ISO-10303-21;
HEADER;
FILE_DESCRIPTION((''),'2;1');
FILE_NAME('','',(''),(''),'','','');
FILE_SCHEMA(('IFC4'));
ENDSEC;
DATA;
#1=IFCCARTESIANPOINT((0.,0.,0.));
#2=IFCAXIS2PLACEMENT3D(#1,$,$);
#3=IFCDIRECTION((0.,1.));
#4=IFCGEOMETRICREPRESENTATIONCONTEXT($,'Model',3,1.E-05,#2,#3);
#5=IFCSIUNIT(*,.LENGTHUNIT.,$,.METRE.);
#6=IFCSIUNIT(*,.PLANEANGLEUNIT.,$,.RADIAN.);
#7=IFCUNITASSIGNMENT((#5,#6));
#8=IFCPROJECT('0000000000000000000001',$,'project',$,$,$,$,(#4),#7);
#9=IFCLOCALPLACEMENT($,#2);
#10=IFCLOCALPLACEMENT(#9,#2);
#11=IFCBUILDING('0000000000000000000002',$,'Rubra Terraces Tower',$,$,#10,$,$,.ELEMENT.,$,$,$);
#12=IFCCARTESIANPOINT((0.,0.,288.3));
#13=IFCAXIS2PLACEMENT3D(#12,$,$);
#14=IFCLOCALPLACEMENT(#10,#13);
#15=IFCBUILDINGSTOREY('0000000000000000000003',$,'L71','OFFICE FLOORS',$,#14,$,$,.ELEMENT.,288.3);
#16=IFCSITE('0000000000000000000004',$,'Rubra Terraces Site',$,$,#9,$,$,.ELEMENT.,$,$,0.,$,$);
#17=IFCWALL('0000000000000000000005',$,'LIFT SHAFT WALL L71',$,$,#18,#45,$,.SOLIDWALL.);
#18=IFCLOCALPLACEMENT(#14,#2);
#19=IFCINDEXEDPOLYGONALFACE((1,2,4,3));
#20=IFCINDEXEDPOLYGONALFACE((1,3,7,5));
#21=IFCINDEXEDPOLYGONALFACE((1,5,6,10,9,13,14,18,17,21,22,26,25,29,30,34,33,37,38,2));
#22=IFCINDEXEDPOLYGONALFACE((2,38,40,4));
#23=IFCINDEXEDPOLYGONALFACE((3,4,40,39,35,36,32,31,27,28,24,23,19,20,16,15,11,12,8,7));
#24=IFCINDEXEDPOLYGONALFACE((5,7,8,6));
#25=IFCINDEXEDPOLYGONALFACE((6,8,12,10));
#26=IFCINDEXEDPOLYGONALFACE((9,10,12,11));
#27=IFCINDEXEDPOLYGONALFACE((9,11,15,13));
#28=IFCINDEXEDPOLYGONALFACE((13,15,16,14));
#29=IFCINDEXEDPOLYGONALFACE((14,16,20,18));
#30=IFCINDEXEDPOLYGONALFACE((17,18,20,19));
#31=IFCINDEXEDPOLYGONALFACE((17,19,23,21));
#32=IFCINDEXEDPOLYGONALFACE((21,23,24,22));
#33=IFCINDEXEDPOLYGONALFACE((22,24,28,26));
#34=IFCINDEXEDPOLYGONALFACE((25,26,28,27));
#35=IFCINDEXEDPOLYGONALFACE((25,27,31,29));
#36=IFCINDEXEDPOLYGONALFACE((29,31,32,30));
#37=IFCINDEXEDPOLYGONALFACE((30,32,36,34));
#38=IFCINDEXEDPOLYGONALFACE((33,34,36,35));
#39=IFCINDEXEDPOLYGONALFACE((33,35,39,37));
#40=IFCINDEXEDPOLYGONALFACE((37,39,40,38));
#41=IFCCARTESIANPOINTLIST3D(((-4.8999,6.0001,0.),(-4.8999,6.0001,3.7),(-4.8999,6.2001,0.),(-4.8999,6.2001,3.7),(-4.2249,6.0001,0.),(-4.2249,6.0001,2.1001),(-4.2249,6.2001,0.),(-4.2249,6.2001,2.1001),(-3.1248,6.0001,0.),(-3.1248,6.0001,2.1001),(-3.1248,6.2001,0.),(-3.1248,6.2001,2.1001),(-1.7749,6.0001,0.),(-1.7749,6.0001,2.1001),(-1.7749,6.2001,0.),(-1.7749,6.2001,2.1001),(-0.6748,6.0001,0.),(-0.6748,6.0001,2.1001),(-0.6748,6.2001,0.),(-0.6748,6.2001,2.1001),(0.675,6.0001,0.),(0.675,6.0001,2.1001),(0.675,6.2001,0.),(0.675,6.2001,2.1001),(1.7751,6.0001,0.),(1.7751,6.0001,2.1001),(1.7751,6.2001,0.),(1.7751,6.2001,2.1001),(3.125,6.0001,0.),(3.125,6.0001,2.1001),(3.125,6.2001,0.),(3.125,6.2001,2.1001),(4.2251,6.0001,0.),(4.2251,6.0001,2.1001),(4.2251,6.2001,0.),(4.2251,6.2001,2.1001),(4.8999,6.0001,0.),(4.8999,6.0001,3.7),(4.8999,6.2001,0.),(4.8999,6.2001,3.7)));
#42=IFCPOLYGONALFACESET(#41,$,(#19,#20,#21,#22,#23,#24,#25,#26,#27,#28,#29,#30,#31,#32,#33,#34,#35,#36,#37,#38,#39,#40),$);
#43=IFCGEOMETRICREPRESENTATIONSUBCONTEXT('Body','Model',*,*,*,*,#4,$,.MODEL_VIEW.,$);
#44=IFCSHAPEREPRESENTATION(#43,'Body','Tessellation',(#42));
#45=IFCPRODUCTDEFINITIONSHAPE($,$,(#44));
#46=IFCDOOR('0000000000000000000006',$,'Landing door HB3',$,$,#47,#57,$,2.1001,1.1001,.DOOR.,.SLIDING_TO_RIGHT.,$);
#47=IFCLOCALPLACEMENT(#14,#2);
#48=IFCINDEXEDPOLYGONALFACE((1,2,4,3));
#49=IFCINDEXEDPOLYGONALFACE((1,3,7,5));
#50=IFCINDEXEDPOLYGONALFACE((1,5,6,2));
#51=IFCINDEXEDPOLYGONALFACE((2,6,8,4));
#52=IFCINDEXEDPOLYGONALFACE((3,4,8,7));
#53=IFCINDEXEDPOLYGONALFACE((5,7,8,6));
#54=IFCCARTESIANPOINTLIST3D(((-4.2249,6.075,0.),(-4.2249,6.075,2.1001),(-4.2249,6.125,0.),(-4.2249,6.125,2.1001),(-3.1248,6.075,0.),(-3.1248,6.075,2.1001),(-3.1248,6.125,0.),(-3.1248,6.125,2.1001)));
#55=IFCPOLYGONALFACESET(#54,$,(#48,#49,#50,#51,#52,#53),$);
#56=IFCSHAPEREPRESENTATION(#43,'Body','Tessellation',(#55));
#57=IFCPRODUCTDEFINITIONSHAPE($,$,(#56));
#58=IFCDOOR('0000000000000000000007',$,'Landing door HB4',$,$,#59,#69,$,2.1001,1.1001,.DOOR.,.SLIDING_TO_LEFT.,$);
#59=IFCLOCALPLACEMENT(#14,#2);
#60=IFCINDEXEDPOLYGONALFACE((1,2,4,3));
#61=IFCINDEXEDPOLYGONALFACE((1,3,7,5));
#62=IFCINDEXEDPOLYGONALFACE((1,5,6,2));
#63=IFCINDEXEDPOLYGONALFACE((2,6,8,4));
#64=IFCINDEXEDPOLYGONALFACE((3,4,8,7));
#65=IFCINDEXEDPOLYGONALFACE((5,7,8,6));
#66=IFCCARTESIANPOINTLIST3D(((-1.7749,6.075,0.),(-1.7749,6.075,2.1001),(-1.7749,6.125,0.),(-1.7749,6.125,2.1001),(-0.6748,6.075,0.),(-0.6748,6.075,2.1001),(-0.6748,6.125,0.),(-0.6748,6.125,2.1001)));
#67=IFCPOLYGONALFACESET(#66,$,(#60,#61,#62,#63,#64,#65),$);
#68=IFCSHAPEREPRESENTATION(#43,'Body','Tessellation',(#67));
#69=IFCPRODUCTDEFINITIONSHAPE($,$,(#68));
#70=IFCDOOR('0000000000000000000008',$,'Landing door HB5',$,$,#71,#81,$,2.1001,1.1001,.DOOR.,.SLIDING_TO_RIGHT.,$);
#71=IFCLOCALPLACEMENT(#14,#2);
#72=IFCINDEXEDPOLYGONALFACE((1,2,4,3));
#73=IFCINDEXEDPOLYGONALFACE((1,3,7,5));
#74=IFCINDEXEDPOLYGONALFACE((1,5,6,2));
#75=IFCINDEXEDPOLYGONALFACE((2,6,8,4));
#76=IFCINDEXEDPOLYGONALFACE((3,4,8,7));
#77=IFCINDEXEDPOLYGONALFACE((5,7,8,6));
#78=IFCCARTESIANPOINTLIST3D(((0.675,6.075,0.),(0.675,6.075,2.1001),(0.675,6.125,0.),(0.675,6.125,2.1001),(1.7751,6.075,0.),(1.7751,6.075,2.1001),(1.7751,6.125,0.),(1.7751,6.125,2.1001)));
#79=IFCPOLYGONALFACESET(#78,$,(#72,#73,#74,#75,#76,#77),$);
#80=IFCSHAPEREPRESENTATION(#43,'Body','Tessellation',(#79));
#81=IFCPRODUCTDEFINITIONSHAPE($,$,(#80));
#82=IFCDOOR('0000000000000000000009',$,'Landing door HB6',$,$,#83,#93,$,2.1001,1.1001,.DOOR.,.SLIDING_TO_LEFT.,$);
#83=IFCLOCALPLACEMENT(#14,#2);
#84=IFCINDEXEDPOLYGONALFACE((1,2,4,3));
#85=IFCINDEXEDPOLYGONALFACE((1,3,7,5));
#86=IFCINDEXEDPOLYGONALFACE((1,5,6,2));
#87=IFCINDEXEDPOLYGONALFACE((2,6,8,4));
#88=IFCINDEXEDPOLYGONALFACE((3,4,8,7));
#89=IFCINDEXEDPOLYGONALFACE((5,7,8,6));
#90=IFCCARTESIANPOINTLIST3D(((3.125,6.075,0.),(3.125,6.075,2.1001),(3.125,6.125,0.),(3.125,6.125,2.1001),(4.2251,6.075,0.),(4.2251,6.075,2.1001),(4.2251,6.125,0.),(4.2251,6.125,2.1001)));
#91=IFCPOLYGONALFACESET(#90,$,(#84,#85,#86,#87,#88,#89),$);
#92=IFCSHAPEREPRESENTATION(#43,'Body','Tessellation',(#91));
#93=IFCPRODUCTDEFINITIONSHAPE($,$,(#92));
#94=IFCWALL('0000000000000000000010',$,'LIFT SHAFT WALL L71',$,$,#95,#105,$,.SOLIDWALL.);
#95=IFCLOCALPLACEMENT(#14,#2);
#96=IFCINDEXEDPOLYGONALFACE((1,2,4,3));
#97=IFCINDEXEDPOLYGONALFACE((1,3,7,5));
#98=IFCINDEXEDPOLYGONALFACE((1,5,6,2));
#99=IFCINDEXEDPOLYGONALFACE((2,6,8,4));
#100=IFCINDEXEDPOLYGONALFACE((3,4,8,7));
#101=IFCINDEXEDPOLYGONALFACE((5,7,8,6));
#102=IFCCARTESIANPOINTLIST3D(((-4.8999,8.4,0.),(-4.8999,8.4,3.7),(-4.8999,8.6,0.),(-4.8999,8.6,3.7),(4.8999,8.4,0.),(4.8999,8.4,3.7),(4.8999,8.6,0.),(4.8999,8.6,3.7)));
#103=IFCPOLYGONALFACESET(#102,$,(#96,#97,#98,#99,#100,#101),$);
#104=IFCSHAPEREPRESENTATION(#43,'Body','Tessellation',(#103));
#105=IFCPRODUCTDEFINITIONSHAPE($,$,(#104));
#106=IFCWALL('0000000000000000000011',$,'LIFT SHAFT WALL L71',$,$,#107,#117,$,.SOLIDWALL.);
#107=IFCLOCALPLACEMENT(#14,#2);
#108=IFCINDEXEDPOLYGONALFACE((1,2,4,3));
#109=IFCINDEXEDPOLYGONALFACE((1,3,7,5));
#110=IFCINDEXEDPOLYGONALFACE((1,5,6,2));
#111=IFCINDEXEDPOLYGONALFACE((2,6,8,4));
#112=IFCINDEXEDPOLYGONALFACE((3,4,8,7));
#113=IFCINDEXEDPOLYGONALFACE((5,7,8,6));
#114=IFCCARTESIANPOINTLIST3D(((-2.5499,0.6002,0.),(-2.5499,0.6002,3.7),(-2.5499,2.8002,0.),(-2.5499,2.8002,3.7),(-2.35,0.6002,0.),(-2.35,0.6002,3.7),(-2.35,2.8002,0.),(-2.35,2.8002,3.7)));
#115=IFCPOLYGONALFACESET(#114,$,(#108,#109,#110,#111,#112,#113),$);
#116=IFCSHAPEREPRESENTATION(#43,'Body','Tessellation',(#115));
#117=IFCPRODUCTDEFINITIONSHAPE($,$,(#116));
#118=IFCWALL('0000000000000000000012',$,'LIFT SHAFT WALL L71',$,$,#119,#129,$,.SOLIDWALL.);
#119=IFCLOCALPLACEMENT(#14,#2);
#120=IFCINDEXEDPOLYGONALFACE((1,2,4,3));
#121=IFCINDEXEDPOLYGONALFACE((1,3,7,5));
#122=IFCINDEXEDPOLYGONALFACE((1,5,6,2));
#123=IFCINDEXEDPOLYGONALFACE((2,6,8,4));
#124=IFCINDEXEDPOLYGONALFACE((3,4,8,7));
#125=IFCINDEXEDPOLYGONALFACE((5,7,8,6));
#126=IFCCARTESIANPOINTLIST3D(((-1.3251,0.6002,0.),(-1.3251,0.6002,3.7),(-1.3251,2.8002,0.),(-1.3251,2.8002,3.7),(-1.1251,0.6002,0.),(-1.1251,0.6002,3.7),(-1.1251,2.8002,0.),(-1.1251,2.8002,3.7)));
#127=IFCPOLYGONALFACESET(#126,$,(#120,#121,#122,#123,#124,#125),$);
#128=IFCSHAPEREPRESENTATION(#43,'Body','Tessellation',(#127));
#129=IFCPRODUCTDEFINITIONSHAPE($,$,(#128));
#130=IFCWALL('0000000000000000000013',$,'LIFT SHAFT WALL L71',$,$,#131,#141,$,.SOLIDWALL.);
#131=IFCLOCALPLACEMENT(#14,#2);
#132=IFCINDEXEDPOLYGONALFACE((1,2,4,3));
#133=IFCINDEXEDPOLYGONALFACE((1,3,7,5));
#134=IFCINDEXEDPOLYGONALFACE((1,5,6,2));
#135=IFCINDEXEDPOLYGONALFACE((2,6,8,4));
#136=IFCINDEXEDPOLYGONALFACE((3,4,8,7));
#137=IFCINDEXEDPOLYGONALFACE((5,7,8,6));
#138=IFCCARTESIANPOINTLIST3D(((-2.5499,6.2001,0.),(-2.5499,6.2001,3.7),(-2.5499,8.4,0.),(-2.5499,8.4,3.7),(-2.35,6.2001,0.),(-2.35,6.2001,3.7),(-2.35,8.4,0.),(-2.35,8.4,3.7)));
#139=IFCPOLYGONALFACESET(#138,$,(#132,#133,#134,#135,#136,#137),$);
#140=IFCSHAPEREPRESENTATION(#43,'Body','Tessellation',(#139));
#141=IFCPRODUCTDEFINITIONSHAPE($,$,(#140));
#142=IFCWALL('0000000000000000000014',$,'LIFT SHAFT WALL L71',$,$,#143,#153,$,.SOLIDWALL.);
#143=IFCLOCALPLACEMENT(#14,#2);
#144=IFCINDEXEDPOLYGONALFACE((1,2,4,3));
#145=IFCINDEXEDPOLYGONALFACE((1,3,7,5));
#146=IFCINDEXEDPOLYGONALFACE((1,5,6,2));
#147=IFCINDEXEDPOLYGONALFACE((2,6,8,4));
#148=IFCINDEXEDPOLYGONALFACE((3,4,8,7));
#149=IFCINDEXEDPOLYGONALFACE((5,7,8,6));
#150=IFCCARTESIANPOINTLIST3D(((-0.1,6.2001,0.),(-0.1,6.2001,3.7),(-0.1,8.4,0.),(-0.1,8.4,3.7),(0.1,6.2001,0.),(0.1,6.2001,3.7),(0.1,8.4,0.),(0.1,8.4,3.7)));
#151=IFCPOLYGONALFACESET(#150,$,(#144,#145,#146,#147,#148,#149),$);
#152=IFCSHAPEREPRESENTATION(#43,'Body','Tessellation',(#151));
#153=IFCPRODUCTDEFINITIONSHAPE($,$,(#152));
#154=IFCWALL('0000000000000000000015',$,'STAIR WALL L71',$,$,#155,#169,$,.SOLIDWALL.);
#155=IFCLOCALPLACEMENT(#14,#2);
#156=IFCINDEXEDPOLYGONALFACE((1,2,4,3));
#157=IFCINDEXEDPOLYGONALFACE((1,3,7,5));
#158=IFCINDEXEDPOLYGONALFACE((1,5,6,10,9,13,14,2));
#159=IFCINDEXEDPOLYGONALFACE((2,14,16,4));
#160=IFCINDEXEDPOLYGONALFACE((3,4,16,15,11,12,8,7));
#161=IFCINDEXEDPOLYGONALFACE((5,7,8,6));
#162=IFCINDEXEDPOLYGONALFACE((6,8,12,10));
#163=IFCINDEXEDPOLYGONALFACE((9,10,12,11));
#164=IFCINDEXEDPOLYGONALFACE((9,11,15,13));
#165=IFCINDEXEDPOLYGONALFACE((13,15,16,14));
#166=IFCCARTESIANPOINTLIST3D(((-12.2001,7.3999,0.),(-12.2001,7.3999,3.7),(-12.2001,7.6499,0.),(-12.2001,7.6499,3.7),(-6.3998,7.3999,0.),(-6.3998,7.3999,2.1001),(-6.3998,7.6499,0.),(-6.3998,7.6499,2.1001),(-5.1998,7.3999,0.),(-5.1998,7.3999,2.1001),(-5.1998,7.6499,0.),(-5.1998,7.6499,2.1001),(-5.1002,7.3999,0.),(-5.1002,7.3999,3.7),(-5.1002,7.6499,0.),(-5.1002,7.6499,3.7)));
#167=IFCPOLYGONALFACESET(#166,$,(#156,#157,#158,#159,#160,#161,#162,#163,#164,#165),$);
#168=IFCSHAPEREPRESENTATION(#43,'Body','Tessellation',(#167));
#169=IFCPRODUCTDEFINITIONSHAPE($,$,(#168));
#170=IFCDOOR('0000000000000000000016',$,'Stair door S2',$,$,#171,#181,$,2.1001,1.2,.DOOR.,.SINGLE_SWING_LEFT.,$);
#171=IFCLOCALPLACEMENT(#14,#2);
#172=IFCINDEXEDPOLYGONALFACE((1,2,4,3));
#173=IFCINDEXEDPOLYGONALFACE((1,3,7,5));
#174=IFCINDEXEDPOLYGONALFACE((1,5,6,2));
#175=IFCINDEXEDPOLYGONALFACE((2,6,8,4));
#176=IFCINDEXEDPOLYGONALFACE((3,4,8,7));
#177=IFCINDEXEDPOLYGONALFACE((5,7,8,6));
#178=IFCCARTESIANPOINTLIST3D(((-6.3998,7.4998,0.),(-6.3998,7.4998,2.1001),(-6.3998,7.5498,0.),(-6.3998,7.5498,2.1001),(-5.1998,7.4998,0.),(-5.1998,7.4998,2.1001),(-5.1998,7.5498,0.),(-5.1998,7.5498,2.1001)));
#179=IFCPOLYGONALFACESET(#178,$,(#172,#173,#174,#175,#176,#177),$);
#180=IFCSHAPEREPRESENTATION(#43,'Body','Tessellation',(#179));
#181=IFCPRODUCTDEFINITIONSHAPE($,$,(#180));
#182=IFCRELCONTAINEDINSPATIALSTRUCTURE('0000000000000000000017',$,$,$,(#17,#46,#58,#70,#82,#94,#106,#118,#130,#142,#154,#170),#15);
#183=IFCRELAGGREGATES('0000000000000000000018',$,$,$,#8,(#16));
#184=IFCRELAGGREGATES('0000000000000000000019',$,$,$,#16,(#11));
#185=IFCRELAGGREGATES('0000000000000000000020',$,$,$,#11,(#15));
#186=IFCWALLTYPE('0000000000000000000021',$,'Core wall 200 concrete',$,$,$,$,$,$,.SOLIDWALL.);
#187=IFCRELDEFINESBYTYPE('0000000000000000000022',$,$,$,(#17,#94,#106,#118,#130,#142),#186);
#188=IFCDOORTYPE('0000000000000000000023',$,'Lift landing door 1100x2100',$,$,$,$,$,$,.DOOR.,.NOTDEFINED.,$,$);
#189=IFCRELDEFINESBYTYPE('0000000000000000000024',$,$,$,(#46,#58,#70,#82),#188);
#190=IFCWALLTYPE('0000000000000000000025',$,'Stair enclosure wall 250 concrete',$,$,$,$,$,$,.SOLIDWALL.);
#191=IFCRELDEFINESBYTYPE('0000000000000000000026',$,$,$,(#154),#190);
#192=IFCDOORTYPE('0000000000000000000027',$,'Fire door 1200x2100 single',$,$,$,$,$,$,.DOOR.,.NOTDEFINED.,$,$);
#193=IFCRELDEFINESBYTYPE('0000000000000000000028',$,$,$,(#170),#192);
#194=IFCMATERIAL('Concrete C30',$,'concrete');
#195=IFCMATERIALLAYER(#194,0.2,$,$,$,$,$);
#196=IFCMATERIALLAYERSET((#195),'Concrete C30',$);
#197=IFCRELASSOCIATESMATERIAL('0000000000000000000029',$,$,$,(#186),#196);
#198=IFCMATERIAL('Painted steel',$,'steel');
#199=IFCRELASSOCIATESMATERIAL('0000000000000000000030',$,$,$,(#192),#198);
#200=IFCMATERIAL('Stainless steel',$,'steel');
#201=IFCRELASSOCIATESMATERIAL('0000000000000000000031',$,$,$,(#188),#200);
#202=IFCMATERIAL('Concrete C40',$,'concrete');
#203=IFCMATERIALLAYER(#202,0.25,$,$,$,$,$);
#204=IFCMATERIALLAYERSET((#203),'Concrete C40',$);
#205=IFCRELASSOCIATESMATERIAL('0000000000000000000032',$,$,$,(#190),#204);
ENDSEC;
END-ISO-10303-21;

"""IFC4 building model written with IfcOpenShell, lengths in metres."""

from ifc_helpers import new_model, si_unit, direction, frame, frame_2d, origin, place, context, subcontext, project, spatial, rectangle, extrude, material, layer, layer_set, type_object, element, fill, save


model = new_model("IFC4")

# Units and contexts
model_context = context("Model", 3, precision=1e-05, world=origin(), true_north=direction((0.0, 1.0)))
body_context = subcontext(model_context, "Body", "Model", "MODEL_VIEW")
ifc_project = project(units=[si_unit("LENGTHUNIT", "METRE"), si_unit("PLANEANGLEUNIT", "RADIAN")], contexts=[model_context])

# Site, building, storey
site_placement = place(None, origin())
site = spatial("IfcSite", under=ifc_project, at=site_placement, Name="Rubra Terraces Site", CompositionType="ELEMENT", RefElevation=0.0)
building_placement = place(site_placement, origin())
building = spatial("IfcBuilding", under=site, at=building_placement, Name="Rubra Terraces Tower", CompositionType="ELEMENT")
storey_placement = place(building_placement, frame((0.0, 0.0, 288.3)))
storey = spatial("IfcBuildingStorey", under=building, at=storey_placement, Name="L71", Description="OFFICE FLOORS", CompositionType="ELEMENT", Elevation=288.3)

# Shared definitions
ifc_material_1 = material(Name="Concrete C40", Category="concrete")

# Shared definitions
ifc_material_2 = material(Name="Concrete C30", Category="concrete")
ifc_layer_1 = layer(ifc_material_2, 0.2)
ifc_layer_set_1 = layer_set([ifc_layer_1], Name="Concrete C30")
wall_type_1 = type_object("IfcWallType", Name="Core wall 200 concrete", PredefinedType="SOLIDWALL", material=ifc_layer_set_1)
ifc_material_3 = material(Name="Painted steel", Category="steel")
door_type_1 = type_object("IfcDoorType", Name="Fire door 1200x2100 single", OperationType="NOTDEFINED", PredefinedType="DOOR", material=ifc_material_3)
ifc_material_4 = material(Name="Stainless steel", Category="steel")

# Wall, openings, doors
door_type_2 = type_object("IfcDoorType", Name="Lift landing door 1100x2100", OperationType="NOTDEFINED", PredefinedType="DOOR", material=ifc_material_4)
wall_1_placement = place(storey_placement, frame((-4.8999, 6.1001, 0.0), z_axis=(0.0, 0.0, 1.0), x_axis=(1.0, 0.0, 0.0)))
wall_1 = element("IfcWall", 1, at=wall_1_placement, inside=storey, type_object=wall_type_1, Name="LIFT SHAFT WALL L71", PredefinedType="SOLIDWALL", context=body_context, shape_type="SweptSolid", body=[
    extrude(rectangle(XDim=9.7998, YDim=0.2, at=frame_2d((4.8999, 0.0))), origin(), (0.0, 0.0, 1.0), 3.7),
])
opening_1_placement = place(wall_1_placement, frame((0.675, 0.0, 0.0)))
opening_1 = element("IfcOpeningElement", 2, at=opening_1_placement, cuts=wall_1, PredefinedType="OPENING", context=body_context, shape_type="SweptSolid", body=[
    extrude(rectangle(XDim=1.1001, YDim=2.1001, at=frame_2d((0.55, 1.05))), frame((0.0, 0.1099, 0.0), z_axis=(0.0, -1.0, 0.0), x_axis=(1.0, 0.0, 0.0)), (0.0, 0.0, 1.0), 0.22),
])
opening_2_placement = place(wall_1_placement, frame((3.125, 0.0, 0.0)))
opening_2 = element("IfcOpeningElement", 3, at=opening_2_placement, cuts=wall_1, PredefinedType="OPENING", context=body_context, shape_type="SweptSolid", body=[
    extrude(rectangle(XDim=1.1001, YDim=2.1001, at=frame_2d((0.55, 1.05))), frame((0.0, 0.1099, 0.0), z_axis=(0.0, -1.0, 0.0), x_axis=(1.0, 0.0, 0.0)), (0.0, 0.0, 1.0), 0.22),
])
opening_3_placement = place(wall_1_placement, frame((5.575, 0.0, 0.0)))
opening_3 = element("IfcOpeningElement", 4, at=opening_3_placement, cuts=wall_1, PredefinedType="OPENING", context=body_context, shape_type="SweptSolid", body=[
    extrude(rectangle(XDim=1.1001, YDim=2.1001, at=frame_2d((0.55, 1.05))), frame((0.0, 0.1099, 0.0), z_axis=(0.0, -1.0, 0.0), x_axis=(1.0, 0.0, 0.0)), (0.0, 0.0, 1.0), 0.22),
])
opening_4_placement = place(wall_1_placement, frame((8.0249, 0.0, 0.0)))
opening_4 = element("IfcOpeningElement", 5, at=opening_4_placement, cuts=wall_1, PredefinedType="OPENING", context=body_context, shape_type="SweptSolid", body=[
    extrude(rectangle(XDim=1.1001, YDim=2.1001, at=frame_2d((0.55, 1.05))), frame((0.0, 0.1099, 0.0), z_axis=(0.0, -1.0, 0.0), x_axis=(1.0, 0.0, 0.0)), (0.0, 0.0, 1.0), 0.22),
])
door_1_placement = place(opening_1_placement, origin())
door_1 = element("IfcDoor", 6, at=door_1_placement, inside=storey, type_object=door_type_2, Name="Landing door HB3", OperationType="SLIDING_TO_RIGHT", OverallHeight=2.1001, OverallWidth=1.1001, PredefinedType="DOOR", context=body_context, shape_type="SweptSolid", body=[
    extrude(rectangle(XDim=1.1001, YDim=2.1001, at=frame_2d((0.55, 1.05))), frame((0.0, 0.0249, 0.0), z_axis=(0.0, -1.0, 0.0), x_axis=(1.0, 0.0, 0.0)), (0.0, 0.0, 1.0), 0.05),
])
fill(opening_1, door_1)
door_2_placement = place(opening_2_placement, origin())
door_2 = element("IfcDoor", 7, at=door_2_placement, inside=storey, type_object=door_type_2, Name="Landing door HB4", OperationType="SLIDING_TO_LEFT", OverallHeight=2.1001, OverallWidth=1.1001, PredefinedType="DOOR", context=body_context, shape_type="SweptSolid", body=[
    extrude(rectangle(XDim=1.1001, YDim=2.1001, at=frame_2d((0.55, 1.05))), frame((0.0, 0.0249, 0.0), z_axis=(0.0, -1.0, 0.0), x_axis=(1.0, 0.0, 0.0)), (0.0, 0.0, 1.0), 0.05),
])
fill(opening_2, door_2)
door_3_placement = place(opening_3_placement, origin())
door_3 = element("IfcDoor", 8, at=door_3_placement, inside=storey, type_object=door_type_2, Name="Landing door HB5", OperationType="SLIDING_TO_RIGHT", OverallHeight=2.1001, OverallWidth=1.1001, PredefinedType="DOOR", context=body_context, shape_type="SweptSolid", body=[
    extrude(rectangle(XDim=1.1001, YDim=2.1001, at=frame_2d((0.55, 1.05))), frame((0.0, 0.0249, 0.0), z_axis=(0.0, -1.0, 0.0), x_axis=(1.0, 0.0, 0.0)), (0.0, 0.0, 1.0), 0.05),
])
fill(opening_3, door_3)
door_4_placement = place(opening_4_placement, origin())
door_4 = element("IfcDoor", 9, at=door_4_placement, inside=storey, type_object=door_type_2, Name="Landing door HB6", OperationType="SLIDING_TO_LEFT", OverallHeight=2.1001, OverallWidth=1.1001, PredefinedType="DOOR", context=body_context, shape_type="SweptSolid", body=[
    extrude(rectangle(XDim=1.1001, YDim=2.1001, at=frame_2d((0.55, 1.05))), frame((0.0, 0.0249, 0.0), z_axis=(0.0, -1.0, 0.0), x_axis=(1.0, 0.0, 0.0)), (0.0, 0.0, 1.0), 0.05),
])
fill(opening_4, door_4)

# Walls
wall_2_placement = place(storey_placement, frame((-4.8999, 8.5, 0.0), z_axis=(0.0, 0.0, 1.0), x_axis=(1.0, 0.0, 0.0)))
element("IfcWall", 10, at=wall_2_placement, inside=storey, type_object=wall_type_1, Name="LIFT SHAFT WALL L71", PredefinedType="SOLIDWALL", context=body_context, shape_type="SweptSolid", body=[
    extrude(rectangle(XDim=9.7998, YDim=0.2, at=frame_2d((4.8999, 0.0))), origin(), (0.0, 0.0, 1.0), 3.7),
])
for number, where, z_axis, x_axis, name in (
    (11, (-2.45, 0.6001, 0.0), (0.0, 0.0, 1.0), (0.0, 1.0, 0.0), "LIFT SHAFT WALL L71"),
    (12, (-1.2251, 0.6001, 0.0), (0.0, 0.0, 1.0), (0.0, 1.0, 0.0), "LIFT SHAFT WALL L71"),
    (13, (-2.45, 6.2, 0.0), (0.0, 0.0, 1.0), (0.0, 1.0, 0.0), "LIFT SHAFT WALL L71"),
    (14, (0.0, 6.2, 0.0), (0.0, 0.0, 1.0), (0.0, 1.0, 0.0), "LIFT SHAFT WALL L71"),
):
    element("IfcWall", number, at=place(storey_placement, frame(where, z_axis=z_axis, x_axis=x_axis)), inside=storey, type_object=wall_type_1, Name=name, PredefinedType="SOLIDWALL", context=body_context, shape_type="SweptSolid", body=[
        extrude(rectangle(XDim=2.2, YDim=0.2, at=frame_2d((1.1001, 0.0))), origin(), (0.0, 0.0, 1.0), 3.7),
    ])

# Wall, opening, door
ifc_layer_2 = layer(ifc_material_1, 0.25)
ifc_layer_set_2 = layer_set([ifc_layer_2], Name="Concrete C40")
wall_type_2 = type_object("IfcWallType", Name="Stair enclosure wall 250 concrete", PredefinedType="SOLIDWALL", material=ifc_layer_set_2)
wall_3_placement = place(storey_placement, frame((-12.2, 7.5249, 0.0), z_axis=(0.0, 0.0, 1.0), x_axis=(1.0, 0.0, 0.0)))
wall_3 = element("IfcWall", 15, at=wall_3_placement, inside=storey, type_object=wall_type_2, Name="STAIR WALL L71", PredefinedType="SOLIDWALL", context=body_context, shape_type="SweptSolid", body=[
    extrude(rectangle(XDim=7.0999, YDim=0.25, at=frame_2d((3.5498, 0.0))), origin(), (0.0, 0.0, 1.0), 3.7),
])
opening_5_placement = place(wall_3_placement, frame((5.8, 0.0, 0.0)))
opening_5 = element("IfcOpeningElement", 16, at=opening_5_placement, cuts=wall_3, PredefinedType="OPENING", context=body_context, shape_type="SweptSolid", body=[
    extrude(rectangle(XDim=1.2, YDim=2.1001, at=frame_2d((0.6001, 1.05))), frame((0.0, 0.135, 0.0), z_axis=(0.0, -1.0, 0.0), x_axis=(1.0, 0.0, 0.0)), (0.0, 0.0, 1.0), 0.27),
])
door_5_placement = place(opening_5_placement, origin())
door_5 = element("IfcDoor", 17, at=door_5_placement, inside=storey, type_object=door_type_1, Name="Stair door S2", OperationType="SINGLE_SWING_LEFT", OverallHeight=2.1001, OverallWidth=1.2, PredefinedType="DOOR", context=body_context, shape_type="SweptSolid", body=[
    extrude(rectangle(XDim=1.2, YDim=2.1001, at=frame_2d((0.6001, 1.05))), frame((0.0, 0.0249, 0.0), z_axis=(0.0, -1.0, 0.0), x_axis=(1.0, 0.0, 0.0)), (0.0, 0.0, 1.0), 0.05),
])
fill(opening_5, door_5)

save(model, "model.ifc")
